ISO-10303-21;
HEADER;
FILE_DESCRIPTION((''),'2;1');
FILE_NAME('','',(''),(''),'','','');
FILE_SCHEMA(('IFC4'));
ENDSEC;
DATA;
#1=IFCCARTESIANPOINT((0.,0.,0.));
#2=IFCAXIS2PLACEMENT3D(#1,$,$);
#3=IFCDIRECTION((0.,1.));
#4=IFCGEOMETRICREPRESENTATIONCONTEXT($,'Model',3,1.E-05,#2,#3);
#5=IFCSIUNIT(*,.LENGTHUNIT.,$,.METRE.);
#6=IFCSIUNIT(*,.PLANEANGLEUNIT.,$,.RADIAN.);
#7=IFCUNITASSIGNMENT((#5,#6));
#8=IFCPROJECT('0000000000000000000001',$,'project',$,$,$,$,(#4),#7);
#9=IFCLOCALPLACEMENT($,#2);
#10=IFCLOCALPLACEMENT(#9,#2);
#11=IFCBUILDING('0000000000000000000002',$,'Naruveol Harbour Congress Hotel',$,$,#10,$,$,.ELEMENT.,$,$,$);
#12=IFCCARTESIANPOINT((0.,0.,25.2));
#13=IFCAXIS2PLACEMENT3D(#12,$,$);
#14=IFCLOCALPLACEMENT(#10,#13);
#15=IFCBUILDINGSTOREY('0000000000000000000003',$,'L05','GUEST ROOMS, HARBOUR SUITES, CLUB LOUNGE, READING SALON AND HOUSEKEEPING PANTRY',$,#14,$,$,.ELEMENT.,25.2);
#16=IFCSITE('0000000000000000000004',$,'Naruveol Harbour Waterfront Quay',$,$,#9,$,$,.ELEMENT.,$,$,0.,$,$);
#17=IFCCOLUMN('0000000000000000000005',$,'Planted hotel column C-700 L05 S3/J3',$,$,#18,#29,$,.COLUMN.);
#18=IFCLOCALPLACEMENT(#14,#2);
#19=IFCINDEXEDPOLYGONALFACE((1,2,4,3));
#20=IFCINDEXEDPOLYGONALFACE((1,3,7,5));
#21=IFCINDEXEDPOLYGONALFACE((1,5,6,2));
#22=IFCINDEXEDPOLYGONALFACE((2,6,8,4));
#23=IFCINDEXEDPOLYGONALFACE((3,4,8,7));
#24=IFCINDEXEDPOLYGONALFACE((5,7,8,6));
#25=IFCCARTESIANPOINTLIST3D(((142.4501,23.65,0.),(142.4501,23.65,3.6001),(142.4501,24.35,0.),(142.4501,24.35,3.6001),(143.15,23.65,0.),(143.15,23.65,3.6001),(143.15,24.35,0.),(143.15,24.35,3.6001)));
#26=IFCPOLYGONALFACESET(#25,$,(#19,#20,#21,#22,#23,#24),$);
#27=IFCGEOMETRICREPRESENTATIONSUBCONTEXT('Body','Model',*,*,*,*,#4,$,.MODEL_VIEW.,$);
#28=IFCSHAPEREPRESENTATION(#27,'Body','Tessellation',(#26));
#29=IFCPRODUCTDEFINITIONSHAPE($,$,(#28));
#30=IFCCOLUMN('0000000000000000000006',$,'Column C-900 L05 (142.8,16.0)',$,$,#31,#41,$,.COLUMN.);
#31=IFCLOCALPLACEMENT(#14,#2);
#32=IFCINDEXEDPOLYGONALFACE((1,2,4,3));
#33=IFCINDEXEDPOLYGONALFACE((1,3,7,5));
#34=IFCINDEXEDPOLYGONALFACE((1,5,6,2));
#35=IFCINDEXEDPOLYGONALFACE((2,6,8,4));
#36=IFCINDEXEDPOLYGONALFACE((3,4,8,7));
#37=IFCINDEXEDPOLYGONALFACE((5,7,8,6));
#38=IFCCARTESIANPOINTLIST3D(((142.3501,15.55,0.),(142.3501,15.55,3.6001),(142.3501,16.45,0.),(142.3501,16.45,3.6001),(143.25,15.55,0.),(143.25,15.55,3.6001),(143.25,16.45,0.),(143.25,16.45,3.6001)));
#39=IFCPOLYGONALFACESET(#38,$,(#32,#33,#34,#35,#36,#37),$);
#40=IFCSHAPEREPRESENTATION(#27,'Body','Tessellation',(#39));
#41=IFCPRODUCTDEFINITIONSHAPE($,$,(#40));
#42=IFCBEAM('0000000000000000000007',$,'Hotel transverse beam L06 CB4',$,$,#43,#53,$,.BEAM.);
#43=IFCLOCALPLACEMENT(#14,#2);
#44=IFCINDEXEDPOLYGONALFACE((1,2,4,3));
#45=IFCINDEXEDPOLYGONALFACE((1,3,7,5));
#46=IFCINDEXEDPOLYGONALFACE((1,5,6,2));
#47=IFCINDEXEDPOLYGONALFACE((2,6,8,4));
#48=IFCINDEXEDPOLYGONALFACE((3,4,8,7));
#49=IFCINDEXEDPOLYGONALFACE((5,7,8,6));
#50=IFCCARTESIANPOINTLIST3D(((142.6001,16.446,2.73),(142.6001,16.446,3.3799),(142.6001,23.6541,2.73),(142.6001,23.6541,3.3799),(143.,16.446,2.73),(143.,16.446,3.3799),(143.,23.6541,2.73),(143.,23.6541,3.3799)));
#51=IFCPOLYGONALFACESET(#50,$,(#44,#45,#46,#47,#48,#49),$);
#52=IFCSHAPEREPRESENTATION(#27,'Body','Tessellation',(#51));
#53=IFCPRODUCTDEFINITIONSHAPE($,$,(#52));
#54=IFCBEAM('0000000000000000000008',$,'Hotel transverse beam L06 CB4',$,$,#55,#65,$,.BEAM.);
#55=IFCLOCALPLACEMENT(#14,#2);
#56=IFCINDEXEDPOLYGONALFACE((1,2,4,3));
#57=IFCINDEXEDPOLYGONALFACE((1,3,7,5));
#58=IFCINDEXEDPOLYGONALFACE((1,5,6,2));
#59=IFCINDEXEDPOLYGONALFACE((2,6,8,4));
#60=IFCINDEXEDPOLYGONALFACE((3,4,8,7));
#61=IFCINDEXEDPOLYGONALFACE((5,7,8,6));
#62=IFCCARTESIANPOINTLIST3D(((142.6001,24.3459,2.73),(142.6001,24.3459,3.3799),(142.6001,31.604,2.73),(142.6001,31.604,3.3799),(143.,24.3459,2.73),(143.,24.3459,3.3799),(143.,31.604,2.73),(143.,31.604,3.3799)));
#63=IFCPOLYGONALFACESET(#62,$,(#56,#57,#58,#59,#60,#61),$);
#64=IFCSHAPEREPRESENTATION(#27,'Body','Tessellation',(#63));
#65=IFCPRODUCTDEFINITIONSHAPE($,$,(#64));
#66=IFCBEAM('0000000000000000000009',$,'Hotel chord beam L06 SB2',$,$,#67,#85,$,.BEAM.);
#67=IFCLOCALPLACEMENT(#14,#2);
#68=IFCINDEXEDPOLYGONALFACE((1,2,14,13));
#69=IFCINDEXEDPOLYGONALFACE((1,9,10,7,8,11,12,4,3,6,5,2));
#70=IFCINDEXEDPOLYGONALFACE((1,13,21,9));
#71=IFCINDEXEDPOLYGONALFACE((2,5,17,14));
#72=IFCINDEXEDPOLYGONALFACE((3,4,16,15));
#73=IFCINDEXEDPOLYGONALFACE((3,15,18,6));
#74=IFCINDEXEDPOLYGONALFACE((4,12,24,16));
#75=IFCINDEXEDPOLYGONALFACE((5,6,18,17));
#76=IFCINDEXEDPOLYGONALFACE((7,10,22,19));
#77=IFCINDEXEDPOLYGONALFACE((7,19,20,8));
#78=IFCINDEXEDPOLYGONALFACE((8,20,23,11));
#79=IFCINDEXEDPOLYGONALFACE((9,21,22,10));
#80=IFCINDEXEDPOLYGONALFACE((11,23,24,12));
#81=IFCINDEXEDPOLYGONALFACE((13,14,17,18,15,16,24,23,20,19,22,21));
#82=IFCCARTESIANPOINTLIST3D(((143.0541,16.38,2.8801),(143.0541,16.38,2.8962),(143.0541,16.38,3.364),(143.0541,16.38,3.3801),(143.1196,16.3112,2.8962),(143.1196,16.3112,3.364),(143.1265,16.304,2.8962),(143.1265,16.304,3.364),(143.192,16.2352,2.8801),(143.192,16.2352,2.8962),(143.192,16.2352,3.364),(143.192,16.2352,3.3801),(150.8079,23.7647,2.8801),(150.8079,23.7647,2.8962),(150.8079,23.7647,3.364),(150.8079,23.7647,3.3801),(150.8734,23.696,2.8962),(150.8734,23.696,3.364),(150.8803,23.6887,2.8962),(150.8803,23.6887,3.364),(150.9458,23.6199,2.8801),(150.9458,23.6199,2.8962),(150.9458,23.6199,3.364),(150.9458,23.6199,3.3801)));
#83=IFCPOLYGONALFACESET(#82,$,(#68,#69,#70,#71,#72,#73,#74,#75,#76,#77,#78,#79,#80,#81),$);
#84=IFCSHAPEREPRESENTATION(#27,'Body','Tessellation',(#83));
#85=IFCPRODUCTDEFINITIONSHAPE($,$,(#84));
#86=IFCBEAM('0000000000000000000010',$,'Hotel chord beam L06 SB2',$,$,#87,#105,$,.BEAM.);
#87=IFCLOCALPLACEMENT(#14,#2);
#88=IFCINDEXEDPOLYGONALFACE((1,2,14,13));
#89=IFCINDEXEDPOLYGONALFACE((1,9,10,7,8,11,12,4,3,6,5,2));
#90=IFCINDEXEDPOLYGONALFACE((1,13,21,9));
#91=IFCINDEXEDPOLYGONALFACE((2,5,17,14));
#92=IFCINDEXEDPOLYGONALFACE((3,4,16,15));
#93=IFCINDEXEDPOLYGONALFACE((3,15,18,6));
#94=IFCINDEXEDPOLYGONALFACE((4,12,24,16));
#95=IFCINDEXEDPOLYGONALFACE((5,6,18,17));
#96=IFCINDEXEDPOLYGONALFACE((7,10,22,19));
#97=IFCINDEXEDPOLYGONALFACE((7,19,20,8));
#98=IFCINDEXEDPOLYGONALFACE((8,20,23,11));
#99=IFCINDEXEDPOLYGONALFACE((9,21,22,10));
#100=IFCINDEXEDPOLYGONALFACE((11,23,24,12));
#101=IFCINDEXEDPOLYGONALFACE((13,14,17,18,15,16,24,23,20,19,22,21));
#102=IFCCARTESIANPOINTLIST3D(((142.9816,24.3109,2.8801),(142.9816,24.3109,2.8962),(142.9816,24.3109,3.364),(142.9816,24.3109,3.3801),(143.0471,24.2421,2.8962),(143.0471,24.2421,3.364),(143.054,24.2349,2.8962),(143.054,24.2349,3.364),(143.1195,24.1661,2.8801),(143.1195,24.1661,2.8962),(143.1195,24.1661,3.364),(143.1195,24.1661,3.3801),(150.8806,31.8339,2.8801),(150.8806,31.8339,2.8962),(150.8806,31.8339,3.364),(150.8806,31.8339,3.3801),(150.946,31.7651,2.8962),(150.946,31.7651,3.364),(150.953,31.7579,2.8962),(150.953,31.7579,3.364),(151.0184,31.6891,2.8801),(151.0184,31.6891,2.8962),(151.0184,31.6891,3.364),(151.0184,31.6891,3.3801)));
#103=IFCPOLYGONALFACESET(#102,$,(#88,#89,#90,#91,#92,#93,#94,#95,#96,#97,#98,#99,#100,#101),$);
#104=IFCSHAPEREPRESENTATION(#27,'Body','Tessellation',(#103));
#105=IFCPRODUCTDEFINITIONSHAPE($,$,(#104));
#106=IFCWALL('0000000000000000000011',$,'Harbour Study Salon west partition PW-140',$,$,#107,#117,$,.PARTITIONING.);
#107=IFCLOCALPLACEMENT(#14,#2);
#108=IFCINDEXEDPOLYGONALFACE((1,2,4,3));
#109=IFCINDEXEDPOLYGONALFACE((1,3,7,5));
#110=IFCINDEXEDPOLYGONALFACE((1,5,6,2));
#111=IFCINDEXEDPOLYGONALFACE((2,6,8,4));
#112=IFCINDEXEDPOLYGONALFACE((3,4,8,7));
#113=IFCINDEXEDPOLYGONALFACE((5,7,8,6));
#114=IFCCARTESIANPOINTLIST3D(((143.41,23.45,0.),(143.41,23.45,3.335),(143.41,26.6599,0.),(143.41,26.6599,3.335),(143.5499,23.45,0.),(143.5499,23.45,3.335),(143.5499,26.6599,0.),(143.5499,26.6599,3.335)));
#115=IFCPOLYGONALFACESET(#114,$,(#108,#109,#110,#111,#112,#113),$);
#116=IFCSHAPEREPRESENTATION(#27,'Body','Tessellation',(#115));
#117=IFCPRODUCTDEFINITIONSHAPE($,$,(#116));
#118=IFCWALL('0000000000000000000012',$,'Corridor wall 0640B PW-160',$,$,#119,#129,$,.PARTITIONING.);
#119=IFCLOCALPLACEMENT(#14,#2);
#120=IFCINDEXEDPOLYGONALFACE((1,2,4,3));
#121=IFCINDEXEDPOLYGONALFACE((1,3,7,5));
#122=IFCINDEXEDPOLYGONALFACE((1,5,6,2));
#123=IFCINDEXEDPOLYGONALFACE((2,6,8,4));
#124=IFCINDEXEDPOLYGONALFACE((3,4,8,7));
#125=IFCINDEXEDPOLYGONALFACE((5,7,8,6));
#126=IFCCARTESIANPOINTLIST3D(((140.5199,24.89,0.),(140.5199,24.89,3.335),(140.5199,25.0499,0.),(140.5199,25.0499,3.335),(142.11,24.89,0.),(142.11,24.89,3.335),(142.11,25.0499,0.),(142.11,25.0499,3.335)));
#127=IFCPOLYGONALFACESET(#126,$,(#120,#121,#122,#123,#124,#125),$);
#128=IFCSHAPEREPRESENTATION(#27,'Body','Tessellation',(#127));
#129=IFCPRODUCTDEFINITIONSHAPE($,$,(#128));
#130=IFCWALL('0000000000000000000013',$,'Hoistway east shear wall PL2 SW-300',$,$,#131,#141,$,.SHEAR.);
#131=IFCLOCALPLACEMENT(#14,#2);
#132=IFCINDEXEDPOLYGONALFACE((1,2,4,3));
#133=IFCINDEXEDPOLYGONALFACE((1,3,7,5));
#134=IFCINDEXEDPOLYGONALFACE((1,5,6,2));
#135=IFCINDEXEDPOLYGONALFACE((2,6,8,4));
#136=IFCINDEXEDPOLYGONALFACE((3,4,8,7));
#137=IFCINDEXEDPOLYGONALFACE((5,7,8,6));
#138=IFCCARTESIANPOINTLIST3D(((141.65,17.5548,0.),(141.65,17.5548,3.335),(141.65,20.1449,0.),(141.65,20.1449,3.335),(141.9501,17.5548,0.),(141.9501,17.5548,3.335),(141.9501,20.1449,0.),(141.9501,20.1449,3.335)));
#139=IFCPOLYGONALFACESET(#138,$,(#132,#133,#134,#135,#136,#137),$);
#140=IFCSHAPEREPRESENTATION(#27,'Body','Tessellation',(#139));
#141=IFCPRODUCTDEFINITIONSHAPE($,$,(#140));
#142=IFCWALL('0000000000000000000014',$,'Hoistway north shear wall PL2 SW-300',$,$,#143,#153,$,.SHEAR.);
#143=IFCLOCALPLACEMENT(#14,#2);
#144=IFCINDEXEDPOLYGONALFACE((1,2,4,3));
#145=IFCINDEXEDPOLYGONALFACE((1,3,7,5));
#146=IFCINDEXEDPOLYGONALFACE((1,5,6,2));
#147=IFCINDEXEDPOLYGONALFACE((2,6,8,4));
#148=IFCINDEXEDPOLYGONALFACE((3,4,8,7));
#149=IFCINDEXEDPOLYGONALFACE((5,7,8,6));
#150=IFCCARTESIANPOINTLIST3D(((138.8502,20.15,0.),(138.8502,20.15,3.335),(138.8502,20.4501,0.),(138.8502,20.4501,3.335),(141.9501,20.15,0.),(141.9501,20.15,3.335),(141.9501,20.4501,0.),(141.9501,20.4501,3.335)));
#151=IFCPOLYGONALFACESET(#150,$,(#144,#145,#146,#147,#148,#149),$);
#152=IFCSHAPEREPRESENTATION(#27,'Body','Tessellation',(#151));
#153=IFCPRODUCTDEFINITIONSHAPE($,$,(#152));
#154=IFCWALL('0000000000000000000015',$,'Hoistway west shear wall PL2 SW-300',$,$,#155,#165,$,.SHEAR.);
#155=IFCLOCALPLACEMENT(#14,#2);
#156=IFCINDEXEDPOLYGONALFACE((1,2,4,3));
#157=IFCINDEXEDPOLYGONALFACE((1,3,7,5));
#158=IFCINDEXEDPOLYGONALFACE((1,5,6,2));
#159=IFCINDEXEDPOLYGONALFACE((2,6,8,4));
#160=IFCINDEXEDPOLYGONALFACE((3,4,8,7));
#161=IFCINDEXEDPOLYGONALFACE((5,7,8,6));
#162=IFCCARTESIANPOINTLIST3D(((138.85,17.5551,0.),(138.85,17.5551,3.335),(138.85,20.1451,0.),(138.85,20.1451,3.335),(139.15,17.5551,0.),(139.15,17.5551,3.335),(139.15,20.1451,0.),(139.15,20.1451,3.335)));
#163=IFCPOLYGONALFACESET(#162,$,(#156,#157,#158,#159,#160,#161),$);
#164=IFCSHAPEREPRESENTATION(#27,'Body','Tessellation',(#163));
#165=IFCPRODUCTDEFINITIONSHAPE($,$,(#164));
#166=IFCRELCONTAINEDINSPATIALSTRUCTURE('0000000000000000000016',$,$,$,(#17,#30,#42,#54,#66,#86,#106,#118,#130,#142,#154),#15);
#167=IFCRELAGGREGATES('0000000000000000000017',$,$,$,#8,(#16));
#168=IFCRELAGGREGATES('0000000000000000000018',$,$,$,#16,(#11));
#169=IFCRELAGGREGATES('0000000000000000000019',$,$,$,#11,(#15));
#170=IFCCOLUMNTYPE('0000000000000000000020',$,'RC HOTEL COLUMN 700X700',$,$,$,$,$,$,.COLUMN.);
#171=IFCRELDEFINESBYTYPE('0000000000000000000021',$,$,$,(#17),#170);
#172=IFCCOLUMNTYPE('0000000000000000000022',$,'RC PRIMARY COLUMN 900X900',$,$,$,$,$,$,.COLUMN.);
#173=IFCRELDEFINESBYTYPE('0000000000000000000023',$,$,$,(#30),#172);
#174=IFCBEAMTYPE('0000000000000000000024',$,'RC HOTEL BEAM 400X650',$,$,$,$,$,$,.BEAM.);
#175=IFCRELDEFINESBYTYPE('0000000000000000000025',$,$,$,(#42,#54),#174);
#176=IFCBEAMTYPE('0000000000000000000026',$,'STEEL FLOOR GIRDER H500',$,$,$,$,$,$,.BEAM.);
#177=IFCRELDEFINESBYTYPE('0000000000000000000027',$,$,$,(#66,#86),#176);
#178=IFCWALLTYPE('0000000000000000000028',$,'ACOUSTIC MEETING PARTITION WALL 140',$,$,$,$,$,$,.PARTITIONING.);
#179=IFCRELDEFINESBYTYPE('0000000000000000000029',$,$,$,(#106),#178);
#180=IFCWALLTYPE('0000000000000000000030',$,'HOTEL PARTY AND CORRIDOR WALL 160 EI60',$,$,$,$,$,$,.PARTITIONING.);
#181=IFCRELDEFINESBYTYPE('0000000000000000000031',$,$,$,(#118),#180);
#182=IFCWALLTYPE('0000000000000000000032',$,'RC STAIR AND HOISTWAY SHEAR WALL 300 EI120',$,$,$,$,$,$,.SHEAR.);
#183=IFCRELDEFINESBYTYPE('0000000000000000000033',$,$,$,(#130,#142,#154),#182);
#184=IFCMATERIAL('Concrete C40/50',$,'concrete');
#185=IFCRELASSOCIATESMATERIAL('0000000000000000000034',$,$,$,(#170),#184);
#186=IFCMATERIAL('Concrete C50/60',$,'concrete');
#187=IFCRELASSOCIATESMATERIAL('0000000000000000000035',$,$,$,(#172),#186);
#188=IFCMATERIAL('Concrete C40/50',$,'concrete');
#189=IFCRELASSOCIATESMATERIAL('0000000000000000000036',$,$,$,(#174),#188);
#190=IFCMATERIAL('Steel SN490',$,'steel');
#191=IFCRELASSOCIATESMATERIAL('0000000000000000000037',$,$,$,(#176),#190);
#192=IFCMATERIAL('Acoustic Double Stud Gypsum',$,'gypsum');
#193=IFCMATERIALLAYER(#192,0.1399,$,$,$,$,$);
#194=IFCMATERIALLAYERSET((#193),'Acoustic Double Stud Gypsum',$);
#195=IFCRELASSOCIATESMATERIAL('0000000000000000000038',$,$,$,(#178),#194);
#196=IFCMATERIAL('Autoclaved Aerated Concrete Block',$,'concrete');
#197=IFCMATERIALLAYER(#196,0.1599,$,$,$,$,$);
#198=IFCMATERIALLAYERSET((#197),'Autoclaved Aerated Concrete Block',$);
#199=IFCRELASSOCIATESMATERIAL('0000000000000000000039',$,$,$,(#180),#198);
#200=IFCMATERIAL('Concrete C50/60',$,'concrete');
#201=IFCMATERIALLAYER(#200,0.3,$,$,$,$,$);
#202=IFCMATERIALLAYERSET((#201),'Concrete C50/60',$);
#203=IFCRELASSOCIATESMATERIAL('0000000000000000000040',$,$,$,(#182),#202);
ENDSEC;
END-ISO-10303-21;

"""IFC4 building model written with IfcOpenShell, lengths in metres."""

from ifc_helpers import new_model, si_unit, direction, frame, frame_2d, origin, origin_2d, place, context, subcontext, project, spatial, rectangle, i_section, extrude, material, layer, layer_set, material_profile, profile_set, type_object, element, save


model = new_model("IFC4")

# Units and contexts
model_context = context("Model", 3, precision=1e-05, world=origin(), true_north=direction((0.0, 1.0)))
body_context = subcontext(model_context, "Body", "Model", "MODEL_VIEW")
ifc_project = project(units=[si_unit("LENGTHUNIT", "METRE"), si_unit("PLANEANGLEUNIT", "RADIAN")], contexts=[model_context])

# Site, building, storey
site_placement = place(None, origin())
site = spatial("IfcSite", under=ifc_project, at=site_placement, Name="Naruveol Harbour Waterfront Quay", CompositionType="ELEMENT", RefElevation=0.0)
building_placement = place(site_placement, origin())
building = spatial("IfcBuilding", under=site, at=building_placement, Name="Naruveol Harbour Congress Hotel", CompositionType="ELEMENT")
storey_placement = place(building_placement, frame((0.0, 0.0, 25.2)))
storey = spatial("IfcBuildingStorey", under=building, at=storey_placement, Name="L05", Description="GUEST ROOMS, HARBOUR SUITES, CLUB LOUNGE, READING SALON AND HOUSEKEEPING PANTRY", CompositionType="ELEMENT", Elevation=25.2)

# Columns
ifc_material_1 = material(Name="Concrete C40/50", Category="concrete")
ifc_material_profile_1 = material_profile(ifc_material_1, rectangle(XDim=0.7, YDim=0.7, at=origin_2d()), Name="RC-700x700")
ifc_profile_set_1 = profile_set([ifc_material_profile_1], Name="Concrete C40/50")
column_type_1 = type_object("IfcColumnType", Name="RC HOTEL COLUMN 700X700", PredefinedType="COLUMN", material=ifc_profile_set_1)
column_1_placement = place(storey_placement, frame((142.8, 24.0, 0.0), z_axis=(0.0, 0.0, 1.0), x_axis=(1.0, 0.0, 0.0)))
element("IfcColumn", 1, at=column_1_placement, inside=storey, type_object=column_type_1, Name="Planted hotel column C-700 L05 S3/J3", PredefinedType="COLUMN", context=body_context, shape_type="SweptSolid", body=[
    extrude(rectangle(XDim=0.7, YDim=0.7, at=origin_2d()), origin(), (0.0, 0.0, 1.0), 3.6001),
])
ifc_material_2 = material(Name="Concrete C50/60", Category="concrete")
ifc_material_profile_2 = material_profile(ifc_material_2, rectangle(XDim=0.8999, YDim=0.8999, at=origin_2d()), Name="RC-900x900")
ifc_profile_set_2 = profile_set([ifc_material_profile_2], Name="Concrete C50/60")
column_type_2 = type_object("IfcColumnType", Name="RC PRIMARY COLUMN 900X900", PredefinedType="COLUMN", material=ifc_profile_set_2)
column_2_placement = place(storey_placement, frame((142.8, 16.0, 0.0), z_axis=(0.0, 0.0, 1.0), x_axis=(1.0, 0.0, 0.0)))
element("IfcColumn", 2, at=column_2_placement, inside=storey, type_object=column_type_2, Name="Column C-900 L05 (142.8,16.0)", PredefinedType="COLUMN", context=body_context, shape_type="SweptSolid", body=[
    extrude(rectangle(XDim=0.8999, YDim=0.8999, at=origin_2d()), origin(), (0.0, 0.0, 1.0), 3.6001),
])

# Beams
ifc_material_3 = material(Name="Concrete C40/50", Category="concrete")
ifc_material_profile_3 = material_profile(ifc_material_3, rectangle(XDim=0.3999, YDim=0.6499, at=origin_2d()), Name="RCB-400x650")
ifc_profile_set_3 = profile_set([ifc_material_profile_3], Name="Concrete C40/50")
beam_type_1 = type_object("IfcBeamType", Name="RC HOTEL BEAM 400X650", PredefinedType="BEAM", material=ifc_profile_set_3)
beam_1_placement = place(storey_placement, frame((142.8, 16.446, 3.0549), z_axis=(0.0, 1.0, 0.0), x_axis=(-1.0, 0.0, 0.0)))
element("IfcBeam", 3, at=beam_1_placement, inside=storey, type_object=beam_type_1, Name="Hotel transverse beam L06 CB4", PredefinedType="BEAM", context=body_context, shape_type="SweptSolid", body=[
    extrude(rectangle(XDim=0.3999, YDim=0.6499, at=origin_2d()), origin(), (0.0, 0.0, 1.0), 7.208),
])
beam_2_placement = place(storey_placement, frame((142.8, 24.3459, 3.0549), z_axis=(0.0, 1.0, 0.0), x_axis=(-1.0, 0.0, 0.0)))
element("IfcBeam", 4, at=beam_2_placement, inside=storey, type_object=beam_type_1, Name="Hotel transverse beam L06 CB4", PredefinedType="BEAM", context=body_context, shape_type="SweptSolid", body=[
    extrude(rectangle(XDim=0.3999, YDim=0.6499, at=origin_2d()), origin(), (0.0, 0.0, 1.0), 7.2581),
])
ifc_material_4 = material(Name="Steel SN490", Category="steel")
ifc_material_profile_4 = material_profile(ifc_material_4, i_section(OverallWidth=0.2, OverallDepth=0.5, WebThickness=0.01, FlangeThickness=0.0161, at=origin_2d()), Name="H-500x200x10x16")
ifc_profile_set_4 = profile_set([ifc_material_profile_4], Name="Steel SN490")
beam_type_2 = type_object("IfcBeamType", Name="STEEL FLOOR GIRDER H500", PredefinedType="BEAM", material=ifc_profile_set_4)
beam_3_placement = place(storey_placement, frame((143.123, 16.3076, 3.1301), z_axis=(0.724134, 0.68966, 0.0), x_axis=(-0.68966, 0.724134, 0.0)))
element("IfcBeam", 5, at=beam_3_placement, inside=storey, type_object=beam_type_2, Name="Hotel chord beam L06 SB2", PredefinedType="BEAM", context=body_context, shape_type="SweptSolid", body=[
    extrude(i_section(OverallWidth=0.2, OverallDepth=0.5, WebThickness=0.01, FlangeThickness=0.0161, at=origin_2d()), origin(), (0.0, 0.0, 1.0), 10.7078),
])
beam_4_placement = place(storey_placement, frame((143.0505, 24.2385, 3.1301), z_axis=(0.72413, 0.689663, 0.0), x_axis=(-0.689663, 0.72413, 0.0)))
element("IfcBeam", 6, at=beam_4_placement, inside=storey, type_object=beam_type_2, Name="Hotel chord beam L06 SB2", PredefinedType="BEAM", context=body_context, shape_type="SweptSolid", body=[
    extrude(i_section(OverallWidth=0.2, OverallDepth=0.5, WebThickness=0.01, FlangeThickness=0.0161, at=origin_2d()), origin(), (0.0, 0.0, 1.0), 10.9082),
])

# Shared definitions
ifc_material_5 = material(Name="Acoustic Double Stud Gypsum", Category="gypsum")
ifc_layer_1 = layer(ifc_material_5, 0.1399)
ifc_layer_set_1 = layer_set([ifc_layer_1], Name="Acoustic Double Stud Gypsum")
wall_type_1 = type_object("IfcWallType", Name="ACOUSTIC MEETING PARTITION WALL 140", PredefinedType="PARTITIONING", material=ifc_layer_set_1)

# Walls
wall_1_placement = place(storey_placement, frame((143.48, 23.45, 0.0), z_axis=(0.0, 0.0, 1.0), x_axis=(0.0, 1.0, 0.0)))
element("IfcWall", 7, at=wall_1_placement, inside=storey, type_object=wall_type_1, Name="Harbour Study Salon west partition PW-140", PredefinedType="PARTITIONING", context=body_context, shape_type="SweptSolid", body=[
    extrude(rectangle(XDim=3.21, YDim=0.1399, at=frame_2d((1.605, 0.0))), origin(), (0.0, 0.0, 1.0), 3.335),
])
ifc_material_6 = material(Name="Autoclaved Aerated Concrete Block", Category="concrete")
ifc_layer_2 = layer(ifc_material_6, 0.1599)
ifc_layer_set_2 = layer_set([ifc_layer_2], Name="Autoclaved Aerated Concrete Block")
wall_type_2 = type_object("IfcWallType", Name="HOTEL PARTY AND CORRIDOR WALL 160 EI60", PredefinedType="PARTITIONING", material=ifc_layer_set_2)
wall_2_placement = place(storey_placement, frame((140.52, 24.97, 0.0), z_axis=(0.0, 0.0, 1.0), x_axis=(1.0, 0.0, 0.0)))
element("IfcWall", 8, at=wall_2_placement, inside=storey, type_object=wall_type_2, Name="Corridor wall 0640B PW-160", PredefinedType="PARTITIONING", context=body_context, shape_type="SweptSolid", body=[
    extrude(rectangle(XDim=1.5901, YDim=0.1599, at=frame_2d((0.7949, 0.0))), origin(), (0.0, 0.0, 1.0), 3.335),
])
ifc_material_7 = material(Name="Concrete C50/60", Category="concrete")
ifc_layer_3 = layer(ifc_material_7, 0.3)
ifc_layer_set_3 = layer_set([ifc_layer_3], Name="Concrete C50/60")
wall_type_3 = type_object("IfcWallType", Name="RC STAIR AND HOISTWAY SHEAR WALL 300 EI120", PredefinedType="SHEAR", material=ifc_layer_set_3)
wall_3_placement = place(storey_placement, frame((141.8, 17.5549, 0.0), z_axis=(0.0, 0.0, 1.0), x_axis=(0.0, 1.0, 0.0)))
element("IfcWall", 9, at=wall_3_placement, inside=storey, type_object=wall_type_3, Name="Hoistway east shear wall PL2 SW-300", PredefinedType="SHEAR", context=body_context, shape_type="SweptSolid", body=[
    extrude(rectangle(XDim=2.5901, YDim=0.3, at=frame_2d((1.2949, 0.0))), origin(), (0.0, 0.0, 1.0), 3.335),
])
wall_4_placement = place(storey_placement, frame((141.95, 20.3, 0.0), z_axis=(0.0, 0.0, 1.0), x_axis=(-1.0, 0.0, 0.0)))
element("IfcWall", 10, at=wall_4_placement, inside=storey, type_object=wall_type_3, Name="Hoistway north shear wall PL2 SW-300", PredefinedType="SHEAR", context=body_context, shape_type="SweptSolid", body=[
    extrude(rectangle(XDim=3.0999, YDim=0.3, at=frame_2d((1.5498, 0.0))), origin(), (0.0, 0.0, 1.0), 3.335),
])
wall_5_placement = place(storey_placement, frame((139.0, 20.145, 0.0), z_axis=(0.0, 0.0, 1.0), x_axis=(0.0, -1.0, 0.0)))
element("IfcWall", 11, at=wall_5_placement, inside=storey, type_object=wall_type_3, Name="Hoistway west shear wall PL2 SW-300", PredefinedType="SHEAR", context=body_context, shape_type="SweptSolid", body=[
    extrude(rectangle(XDim=2.5901, YDim=0.3, at=frame_2d((1.2949, 0.0))), origin(), (0.0, 0.0, 1.0), 3.335),
])

save(model, "model.ifc")
